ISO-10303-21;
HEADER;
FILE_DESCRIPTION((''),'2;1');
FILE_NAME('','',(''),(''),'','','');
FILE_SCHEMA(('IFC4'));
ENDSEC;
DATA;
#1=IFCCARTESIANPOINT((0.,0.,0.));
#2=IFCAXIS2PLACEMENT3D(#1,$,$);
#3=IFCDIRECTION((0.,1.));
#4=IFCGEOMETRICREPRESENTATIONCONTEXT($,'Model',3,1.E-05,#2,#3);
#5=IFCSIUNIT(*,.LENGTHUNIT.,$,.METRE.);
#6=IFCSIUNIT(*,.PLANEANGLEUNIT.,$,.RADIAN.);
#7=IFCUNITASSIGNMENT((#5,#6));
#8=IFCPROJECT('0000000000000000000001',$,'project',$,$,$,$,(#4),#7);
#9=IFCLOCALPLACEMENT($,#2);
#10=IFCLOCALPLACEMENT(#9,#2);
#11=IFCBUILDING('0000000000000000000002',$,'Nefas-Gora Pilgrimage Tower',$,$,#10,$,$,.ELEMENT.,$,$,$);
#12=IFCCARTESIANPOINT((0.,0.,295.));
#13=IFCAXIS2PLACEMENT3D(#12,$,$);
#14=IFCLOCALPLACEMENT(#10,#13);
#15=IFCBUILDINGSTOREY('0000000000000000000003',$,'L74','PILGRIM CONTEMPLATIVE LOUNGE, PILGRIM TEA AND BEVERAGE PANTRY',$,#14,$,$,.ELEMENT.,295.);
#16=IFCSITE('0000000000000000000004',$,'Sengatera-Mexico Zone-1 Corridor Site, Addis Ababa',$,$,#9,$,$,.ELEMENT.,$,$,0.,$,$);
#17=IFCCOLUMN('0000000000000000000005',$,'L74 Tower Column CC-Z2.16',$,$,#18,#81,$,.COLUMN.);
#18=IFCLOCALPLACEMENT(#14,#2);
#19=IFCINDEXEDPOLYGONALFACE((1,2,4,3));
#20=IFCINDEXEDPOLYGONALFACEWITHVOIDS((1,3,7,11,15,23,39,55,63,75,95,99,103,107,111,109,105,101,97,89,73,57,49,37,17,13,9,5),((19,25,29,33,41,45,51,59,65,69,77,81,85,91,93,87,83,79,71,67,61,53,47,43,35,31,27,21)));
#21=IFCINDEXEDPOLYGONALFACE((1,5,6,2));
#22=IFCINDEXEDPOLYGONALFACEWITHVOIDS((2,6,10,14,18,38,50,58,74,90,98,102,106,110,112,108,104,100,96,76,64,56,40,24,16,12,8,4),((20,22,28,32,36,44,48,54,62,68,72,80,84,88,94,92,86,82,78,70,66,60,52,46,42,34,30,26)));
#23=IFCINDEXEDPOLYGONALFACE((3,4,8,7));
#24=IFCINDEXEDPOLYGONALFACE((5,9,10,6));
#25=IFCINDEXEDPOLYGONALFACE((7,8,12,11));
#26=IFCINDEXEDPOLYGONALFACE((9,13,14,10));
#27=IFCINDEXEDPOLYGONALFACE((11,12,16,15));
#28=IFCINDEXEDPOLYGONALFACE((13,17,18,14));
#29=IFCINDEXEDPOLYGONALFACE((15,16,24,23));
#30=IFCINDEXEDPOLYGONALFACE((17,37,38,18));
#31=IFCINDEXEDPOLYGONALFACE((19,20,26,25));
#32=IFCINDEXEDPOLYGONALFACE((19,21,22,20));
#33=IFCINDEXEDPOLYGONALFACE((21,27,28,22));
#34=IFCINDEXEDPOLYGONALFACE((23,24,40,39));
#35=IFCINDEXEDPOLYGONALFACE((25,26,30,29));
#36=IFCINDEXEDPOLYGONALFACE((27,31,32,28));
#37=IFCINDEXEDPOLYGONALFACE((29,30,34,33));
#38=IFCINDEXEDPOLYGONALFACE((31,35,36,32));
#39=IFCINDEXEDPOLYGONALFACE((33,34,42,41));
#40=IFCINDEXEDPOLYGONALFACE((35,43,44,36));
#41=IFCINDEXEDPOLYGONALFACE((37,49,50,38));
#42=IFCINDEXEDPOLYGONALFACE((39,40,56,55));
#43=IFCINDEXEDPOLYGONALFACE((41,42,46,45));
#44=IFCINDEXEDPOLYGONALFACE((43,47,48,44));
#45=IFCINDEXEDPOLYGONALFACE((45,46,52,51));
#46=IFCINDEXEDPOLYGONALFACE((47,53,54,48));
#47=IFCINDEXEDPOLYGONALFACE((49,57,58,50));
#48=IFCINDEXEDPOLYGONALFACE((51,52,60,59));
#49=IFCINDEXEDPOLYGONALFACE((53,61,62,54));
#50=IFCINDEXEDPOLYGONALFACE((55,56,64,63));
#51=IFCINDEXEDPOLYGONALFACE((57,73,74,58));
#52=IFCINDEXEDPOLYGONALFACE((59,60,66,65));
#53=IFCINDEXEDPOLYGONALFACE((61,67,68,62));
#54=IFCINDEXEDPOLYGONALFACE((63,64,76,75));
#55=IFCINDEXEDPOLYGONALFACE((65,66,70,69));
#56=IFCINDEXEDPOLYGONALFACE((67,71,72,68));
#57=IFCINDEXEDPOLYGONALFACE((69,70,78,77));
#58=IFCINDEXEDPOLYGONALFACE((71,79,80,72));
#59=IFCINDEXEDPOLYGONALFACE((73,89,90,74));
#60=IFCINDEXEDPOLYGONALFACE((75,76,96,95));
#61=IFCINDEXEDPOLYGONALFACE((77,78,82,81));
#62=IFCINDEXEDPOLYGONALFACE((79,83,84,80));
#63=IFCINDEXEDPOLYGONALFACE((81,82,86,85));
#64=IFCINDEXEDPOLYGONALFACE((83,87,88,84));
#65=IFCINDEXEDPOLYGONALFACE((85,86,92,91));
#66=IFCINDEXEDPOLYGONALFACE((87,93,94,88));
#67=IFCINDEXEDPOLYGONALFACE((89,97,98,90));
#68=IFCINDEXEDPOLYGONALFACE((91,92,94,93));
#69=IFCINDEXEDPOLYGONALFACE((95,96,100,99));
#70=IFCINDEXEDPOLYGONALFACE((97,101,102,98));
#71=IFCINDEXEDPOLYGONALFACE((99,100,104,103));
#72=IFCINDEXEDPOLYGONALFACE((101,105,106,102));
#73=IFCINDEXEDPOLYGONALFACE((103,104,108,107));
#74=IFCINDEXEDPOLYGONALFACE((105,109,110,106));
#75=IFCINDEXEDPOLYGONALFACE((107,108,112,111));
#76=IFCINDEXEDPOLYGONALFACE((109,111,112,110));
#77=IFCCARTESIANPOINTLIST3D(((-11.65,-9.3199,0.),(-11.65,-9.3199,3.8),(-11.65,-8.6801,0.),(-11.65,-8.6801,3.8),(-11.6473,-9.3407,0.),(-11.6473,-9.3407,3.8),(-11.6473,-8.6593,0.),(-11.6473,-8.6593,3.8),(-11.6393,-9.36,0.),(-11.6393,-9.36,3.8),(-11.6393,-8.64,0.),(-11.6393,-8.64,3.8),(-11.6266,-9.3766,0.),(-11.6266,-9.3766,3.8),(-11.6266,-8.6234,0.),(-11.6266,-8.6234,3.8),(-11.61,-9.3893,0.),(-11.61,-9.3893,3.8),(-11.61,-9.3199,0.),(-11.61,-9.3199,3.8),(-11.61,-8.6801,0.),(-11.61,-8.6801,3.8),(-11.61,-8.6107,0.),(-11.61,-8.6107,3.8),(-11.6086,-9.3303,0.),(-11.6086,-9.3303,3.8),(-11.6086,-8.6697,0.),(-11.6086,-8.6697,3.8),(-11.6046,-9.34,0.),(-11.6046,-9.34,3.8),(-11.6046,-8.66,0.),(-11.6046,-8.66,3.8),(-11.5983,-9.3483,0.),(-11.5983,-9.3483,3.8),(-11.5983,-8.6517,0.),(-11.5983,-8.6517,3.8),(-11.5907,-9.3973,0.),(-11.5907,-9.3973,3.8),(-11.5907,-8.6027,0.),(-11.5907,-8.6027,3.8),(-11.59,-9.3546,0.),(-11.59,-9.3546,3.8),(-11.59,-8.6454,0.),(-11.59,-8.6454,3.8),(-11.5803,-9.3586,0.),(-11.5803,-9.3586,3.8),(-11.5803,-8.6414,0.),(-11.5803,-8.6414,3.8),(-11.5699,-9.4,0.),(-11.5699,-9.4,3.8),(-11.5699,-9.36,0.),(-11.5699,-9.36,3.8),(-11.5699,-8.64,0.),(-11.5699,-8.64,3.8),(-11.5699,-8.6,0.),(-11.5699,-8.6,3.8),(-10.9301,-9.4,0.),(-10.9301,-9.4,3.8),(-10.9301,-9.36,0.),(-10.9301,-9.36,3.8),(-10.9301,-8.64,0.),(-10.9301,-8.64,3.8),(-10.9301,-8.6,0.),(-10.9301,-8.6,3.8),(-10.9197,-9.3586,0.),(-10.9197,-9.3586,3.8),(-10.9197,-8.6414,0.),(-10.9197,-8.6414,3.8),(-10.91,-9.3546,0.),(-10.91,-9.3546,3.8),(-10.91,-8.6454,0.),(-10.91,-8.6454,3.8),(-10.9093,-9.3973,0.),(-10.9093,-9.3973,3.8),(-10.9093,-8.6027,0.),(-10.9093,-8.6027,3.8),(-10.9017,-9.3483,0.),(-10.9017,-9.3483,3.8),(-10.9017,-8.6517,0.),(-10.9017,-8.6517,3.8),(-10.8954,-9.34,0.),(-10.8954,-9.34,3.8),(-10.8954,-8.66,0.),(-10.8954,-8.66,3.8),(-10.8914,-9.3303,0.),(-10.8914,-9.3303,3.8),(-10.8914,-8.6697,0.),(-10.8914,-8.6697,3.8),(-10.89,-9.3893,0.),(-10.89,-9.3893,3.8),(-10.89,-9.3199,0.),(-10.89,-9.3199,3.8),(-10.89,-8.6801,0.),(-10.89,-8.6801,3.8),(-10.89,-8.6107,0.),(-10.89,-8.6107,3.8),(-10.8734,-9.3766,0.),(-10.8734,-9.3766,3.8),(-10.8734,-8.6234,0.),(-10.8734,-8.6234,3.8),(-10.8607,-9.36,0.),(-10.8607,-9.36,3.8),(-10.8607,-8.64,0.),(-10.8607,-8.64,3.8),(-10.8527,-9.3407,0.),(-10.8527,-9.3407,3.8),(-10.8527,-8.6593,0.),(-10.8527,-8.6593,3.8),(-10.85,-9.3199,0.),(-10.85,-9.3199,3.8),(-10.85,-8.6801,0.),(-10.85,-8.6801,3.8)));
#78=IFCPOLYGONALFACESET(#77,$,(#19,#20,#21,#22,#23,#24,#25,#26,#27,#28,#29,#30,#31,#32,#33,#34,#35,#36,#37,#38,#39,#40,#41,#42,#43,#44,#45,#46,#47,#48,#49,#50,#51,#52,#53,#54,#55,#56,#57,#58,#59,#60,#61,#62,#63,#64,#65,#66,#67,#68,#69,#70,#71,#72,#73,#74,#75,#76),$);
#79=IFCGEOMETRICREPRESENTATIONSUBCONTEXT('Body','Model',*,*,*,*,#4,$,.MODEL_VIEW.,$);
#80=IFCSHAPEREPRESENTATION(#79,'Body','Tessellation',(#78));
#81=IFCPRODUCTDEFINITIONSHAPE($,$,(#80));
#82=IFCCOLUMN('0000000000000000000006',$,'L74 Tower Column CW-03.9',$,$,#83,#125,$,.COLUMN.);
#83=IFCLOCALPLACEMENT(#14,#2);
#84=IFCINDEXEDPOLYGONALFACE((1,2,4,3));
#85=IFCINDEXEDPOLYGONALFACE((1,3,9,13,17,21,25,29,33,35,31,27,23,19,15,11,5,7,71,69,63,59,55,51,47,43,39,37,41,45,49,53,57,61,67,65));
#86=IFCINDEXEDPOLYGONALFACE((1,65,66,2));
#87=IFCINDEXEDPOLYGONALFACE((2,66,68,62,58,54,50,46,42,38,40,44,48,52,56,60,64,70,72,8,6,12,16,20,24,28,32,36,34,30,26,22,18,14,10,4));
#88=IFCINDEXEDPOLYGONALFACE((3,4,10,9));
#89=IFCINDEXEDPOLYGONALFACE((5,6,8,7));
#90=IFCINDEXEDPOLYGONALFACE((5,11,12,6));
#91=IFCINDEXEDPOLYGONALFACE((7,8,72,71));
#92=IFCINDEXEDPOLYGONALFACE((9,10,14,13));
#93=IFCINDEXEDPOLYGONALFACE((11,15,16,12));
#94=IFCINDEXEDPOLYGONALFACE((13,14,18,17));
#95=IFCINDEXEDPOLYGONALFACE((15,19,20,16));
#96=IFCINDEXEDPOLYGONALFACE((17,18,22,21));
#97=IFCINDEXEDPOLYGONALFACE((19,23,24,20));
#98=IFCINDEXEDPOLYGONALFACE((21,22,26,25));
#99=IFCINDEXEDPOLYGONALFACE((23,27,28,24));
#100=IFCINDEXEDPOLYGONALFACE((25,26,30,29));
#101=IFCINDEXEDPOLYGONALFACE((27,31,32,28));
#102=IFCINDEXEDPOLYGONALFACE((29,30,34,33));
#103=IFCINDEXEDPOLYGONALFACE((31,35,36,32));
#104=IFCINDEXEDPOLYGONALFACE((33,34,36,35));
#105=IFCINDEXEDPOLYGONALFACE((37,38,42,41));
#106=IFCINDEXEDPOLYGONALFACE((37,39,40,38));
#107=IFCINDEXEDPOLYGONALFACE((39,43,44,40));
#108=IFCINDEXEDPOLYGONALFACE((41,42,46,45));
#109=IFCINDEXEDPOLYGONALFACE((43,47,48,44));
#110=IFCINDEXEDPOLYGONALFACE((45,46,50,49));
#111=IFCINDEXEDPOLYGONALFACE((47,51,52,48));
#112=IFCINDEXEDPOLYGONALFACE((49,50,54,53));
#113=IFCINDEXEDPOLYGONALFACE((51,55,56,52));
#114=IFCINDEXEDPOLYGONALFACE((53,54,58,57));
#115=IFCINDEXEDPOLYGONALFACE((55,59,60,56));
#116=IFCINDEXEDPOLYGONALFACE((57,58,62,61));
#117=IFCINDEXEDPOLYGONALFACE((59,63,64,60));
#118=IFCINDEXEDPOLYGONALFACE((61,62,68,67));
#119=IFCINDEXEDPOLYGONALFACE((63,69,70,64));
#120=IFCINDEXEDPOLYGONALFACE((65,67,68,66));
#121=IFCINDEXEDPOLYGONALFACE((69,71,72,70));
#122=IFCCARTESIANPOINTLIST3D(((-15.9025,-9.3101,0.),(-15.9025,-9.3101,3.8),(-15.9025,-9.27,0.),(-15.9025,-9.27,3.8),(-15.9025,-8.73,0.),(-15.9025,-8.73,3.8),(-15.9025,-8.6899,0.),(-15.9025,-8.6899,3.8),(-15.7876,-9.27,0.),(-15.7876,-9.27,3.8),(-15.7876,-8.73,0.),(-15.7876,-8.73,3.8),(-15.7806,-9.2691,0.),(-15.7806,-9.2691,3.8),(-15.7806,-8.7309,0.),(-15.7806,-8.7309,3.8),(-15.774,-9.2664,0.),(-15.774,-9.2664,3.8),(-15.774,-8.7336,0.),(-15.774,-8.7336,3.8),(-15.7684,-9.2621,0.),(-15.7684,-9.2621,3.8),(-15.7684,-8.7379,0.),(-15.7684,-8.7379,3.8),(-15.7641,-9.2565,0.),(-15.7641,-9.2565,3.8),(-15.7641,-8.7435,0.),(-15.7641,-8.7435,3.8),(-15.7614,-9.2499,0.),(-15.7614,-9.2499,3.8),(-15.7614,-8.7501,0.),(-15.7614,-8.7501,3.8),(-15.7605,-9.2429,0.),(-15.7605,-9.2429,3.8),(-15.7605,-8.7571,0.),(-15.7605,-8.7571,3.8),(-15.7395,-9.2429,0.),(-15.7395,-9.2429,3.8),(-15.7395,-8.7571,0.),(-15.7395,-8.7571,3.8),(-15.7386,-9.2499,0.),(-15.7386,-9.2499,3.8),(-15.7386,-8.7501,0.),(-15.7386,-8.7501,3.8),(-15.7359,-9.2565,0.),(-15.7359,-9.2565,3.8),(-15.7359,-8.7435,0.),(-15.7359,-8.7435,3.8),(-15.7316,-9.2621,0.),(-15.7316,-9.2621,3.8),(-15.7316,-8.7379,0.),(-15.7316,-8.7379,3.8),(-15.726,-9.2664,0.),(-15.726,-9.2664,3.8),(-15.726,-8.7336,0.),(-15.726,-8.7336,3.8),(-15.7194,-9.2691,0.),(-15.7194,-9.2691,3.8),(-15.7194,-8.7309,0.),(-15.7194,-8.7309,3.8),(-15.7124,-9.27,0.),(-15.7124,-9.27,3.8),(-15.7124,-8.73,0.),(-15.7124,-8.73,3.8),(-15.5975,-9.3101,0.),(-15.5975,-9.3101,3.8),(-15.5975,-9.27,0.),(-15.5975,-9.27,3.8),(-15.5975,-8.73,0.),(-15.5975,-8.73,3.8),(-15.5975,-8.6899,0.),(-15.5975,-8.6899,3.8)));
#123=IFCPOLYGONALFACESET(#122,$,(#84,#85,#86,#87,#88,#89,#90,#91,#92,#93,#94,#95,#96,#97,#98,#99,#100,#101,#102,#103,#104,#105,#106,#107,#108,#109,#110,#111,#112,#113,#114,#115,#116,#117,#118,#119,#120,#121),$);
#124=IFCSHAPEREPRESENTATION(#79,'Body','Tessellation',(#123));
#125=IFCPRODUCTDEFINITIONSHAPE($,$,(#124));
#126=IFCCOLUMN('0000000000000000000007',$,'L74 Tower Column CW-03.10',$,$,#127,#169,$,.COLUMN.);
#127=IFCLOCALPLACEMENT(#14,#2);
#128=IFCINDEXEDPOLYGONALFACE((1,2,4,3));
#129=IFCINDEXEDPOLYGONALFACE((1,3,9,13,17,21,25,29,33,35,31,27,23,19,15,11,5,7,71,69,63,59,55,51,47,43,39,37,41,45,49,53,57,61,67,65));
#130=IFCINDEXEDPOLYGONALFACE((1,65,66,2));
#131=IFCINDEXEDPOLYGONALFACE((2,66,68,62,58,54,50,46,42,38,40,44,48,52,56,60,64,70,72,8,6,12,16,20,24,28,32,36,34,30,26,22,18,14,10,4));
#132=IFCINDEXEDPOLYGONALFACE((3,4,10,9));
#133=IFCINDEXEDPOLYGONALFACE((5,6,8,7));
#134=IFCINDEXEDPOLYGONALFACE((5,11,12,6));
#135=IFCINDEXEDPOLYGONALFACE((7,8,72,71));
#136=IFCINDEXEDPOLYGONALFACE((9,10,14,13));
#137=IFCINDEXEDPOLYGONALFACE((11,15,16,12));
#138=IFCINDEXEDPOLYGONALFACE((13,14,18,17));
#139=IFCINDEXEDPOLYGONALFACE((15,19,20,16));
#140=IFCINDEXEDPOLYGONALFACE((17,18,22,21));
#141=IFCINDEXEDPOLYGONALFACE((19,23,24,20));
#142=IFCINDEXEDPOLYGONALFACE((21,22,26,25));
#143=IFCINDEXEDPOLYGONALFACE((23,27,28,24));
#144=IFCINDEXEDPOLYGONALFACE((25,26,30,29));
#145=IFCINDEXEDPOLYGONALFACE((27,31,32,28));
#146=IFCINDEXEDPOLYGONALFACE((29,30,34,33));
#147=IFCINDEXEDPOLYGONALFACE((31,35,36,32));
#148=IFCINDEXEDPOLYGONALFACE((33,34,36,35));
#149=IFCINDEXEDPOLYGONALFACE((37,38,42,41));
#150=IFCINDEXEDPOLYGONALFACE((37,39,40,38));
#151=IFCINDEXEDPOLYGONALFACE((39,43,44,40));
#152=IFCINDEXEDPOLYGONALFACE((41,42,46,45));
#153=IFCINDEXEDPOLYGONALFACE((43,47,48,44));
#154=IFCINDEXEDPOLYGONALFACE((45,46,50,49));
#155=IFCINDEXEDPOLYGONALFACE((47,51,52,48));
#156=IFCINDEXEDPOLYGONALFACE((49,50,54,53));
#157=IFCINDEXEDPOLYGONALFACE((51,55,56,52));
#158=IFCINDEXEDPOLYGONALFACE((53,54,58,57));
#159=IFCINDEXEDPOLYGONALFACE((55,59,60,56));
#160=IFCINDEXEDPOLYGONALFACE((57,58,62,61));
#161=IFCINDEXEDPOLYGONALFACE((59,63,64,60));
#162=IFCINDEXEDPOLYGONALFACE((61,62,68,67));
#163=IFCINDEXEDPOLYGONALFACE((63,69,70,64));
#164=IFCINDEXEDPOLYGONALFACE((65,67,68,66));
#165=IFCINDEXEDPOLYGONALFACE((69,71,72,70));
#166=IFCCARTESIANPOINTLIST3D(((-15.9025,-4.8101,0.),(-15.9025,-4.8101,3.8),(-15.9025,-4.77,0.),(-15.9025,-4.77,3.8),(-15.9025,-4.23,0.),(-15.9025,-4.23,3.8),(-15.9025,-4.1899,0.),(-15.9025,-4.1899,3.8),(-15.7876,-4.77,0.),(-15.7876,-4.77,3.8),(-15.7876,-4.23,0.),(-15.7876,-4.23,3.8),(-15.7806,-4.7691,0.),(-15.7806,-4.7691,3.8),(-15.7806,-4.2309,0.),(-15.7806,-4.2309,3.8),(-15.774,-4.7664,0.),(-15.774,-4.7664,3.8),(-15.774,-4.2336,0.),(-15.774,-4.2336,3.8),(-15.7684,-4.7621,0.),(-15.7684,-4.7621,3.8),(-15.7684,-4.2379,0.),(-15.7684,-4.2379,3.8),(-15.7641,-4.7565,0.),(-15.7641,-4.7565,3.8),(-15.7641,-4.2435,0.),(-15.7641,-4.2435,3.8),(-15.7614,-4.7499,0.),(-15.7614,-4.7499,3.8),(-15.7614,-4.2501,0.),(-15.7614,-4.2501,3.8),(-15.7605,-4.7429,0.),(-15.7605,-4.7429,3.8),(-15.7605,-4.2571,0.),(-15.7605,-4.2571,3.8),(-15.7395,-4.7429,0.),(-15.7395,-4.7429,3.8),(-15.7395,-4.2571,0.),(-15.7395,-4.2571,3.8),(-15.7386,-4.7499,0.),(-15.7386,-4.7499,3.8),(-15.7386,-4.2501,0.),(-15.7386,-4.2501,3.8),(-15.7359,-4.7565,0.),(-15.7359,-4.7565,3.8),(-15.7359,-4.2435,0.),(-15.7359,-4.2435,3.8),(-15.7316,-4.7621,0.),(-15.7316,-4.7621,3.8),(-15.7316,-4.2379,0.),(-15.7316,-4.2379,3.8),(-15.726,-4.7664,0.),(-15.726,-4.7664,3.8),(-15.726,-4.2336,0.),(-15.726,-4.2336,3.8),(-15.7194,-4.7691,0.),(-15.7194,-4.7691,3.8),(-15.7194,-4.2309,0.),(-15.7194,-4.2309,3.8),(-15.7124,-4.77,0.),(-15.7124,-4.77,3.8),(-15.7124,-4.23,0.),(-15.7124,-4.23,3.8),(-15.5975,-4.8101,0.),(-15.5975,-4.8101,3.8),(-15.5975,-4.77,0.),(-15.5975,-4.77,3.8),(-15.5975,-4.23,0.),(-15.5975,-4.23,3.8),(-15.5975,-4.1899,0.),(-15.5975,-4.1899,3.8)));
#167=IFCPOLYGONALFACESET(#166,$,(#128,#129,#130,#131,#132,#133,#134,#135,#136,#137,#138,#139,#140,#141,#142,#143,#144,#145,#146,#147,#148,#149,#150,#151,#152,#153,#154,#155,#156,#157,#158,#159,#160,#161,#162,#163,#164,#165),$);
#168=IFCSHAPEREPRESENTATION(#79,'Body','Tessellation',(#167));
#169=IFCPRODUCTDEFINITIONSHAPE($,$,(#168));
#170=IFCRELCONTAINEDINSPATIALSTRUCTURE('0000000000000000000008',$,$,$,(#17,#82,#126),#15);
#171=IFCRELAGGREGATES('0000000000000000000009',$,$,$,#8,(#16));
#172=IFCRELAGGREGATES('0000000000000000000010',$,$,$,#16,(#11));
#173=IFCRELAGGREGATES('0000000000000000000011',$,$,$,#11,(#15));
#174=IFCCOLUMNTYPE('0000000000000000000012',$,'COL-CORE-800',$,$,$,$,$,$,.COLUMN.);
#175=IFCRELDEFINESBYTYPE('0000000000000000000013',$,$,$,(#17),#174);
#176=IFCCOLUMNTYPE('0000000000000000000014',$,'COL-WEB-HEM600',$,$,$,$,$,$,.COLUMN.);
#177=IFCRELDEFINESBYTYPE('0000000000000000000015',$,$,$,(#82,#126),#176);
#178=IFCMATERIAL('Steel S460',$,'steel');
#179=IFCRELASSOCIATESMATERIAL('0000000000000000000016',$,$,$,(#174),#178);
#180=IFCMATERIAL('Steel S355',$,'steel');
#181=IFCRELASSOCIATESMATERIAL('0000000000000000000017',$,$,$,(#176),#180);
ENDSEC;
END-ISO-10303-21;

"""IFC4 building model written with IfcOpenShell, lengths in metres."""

from ifc_helpers import new_model, si_unit, direction, frame, origin, origin_2d, place, context, subcontext, project, spatial, hollow_rectangle, i_section, extrude, source, transform, mapped, material, material_profile, profile_set, type_object, element, save


model = new_model("IFC4")

# Units and contexts
model_context = context("Model", 3, precision=1e-05, world=origin(), true_north=direction((0.0, 1.0)))
body_context = subcontext(model_context, "Body", "Model", "MODEL_VIEW")
ifc_project = project(units=[si_unit("LENGTHUNIT", "METRE"), si_unit("PLANEANGLEUNIT", "RADIAN")], contexts=[model_context])

# Site, building, storey
site_placement = place(None, origin())
site = spatial("IfcSite", under=ifc_project, at=site_placement, Name="Sengatera-Mexico Zone-1 Corridor Site, Addis Ababa", CompositionType="ELEMENT", RefElevation=0.0)
building_placement = place(site_placement, origin())
building = spatial("IfcBuilding", under=site, at=building_placement, Name="Nefas-Gora Pilgrimage Tower", CompositionType="ELEMENT")
storey_placement = place(building_placement, frame((0.0, 0.0, 295.0)))
storey = spatial("IfcBuildingStorey", under=building, at=storey_placement, Name="L74", Description="PILGRIM CONTEMPLATIVE LOUNGE, PILGRIM TEA AND BEVERAGE PANTRY", CompositionType="ELEMENT", Elevation=295.0)

# Columns
ifc_material_1 = material(Name="Steel S460", Category="steel")
ifc_material_profile_1 = material_profile(ifc_material_1, hollow_rectangle(XDim=0.8, YDim=0.8, WallThickness=0.04, InnerFilletRadius=0.04, OuterFilletRadius=0.0801, at=origin_2d()), Name="BOX 800x800x40")
ifc_profile_set_1 = profile_set([ifc_material_profile_1], Name="Steel S460")
column_type_1 = type_object("IfcColumnType", Name="COL-CORE-800", PredefinedType="COLUMN", material=ifc_profile_set_1)
shared_shape_1 = source(origin(), body_context, "Body", "SweptSolid", [
    extrude(hollow_rectangle(XDim=0.8, YDim=0.8, WallThickness=0.04, InnerFilletRadius=0.04, OuterFilletRadius=0.0801, at=origin_2d()), origin(), (0.0, 0.0, 1.0), 3.8),
])
column_placement = place(storey_placement, frame((-11.25, -9.0, 0.0), z_axis=(0.0, 0.0, 1.0), x_axis=(1.0, 0.0, 0.0)))
element("IfcColumn", 1, at=column_placement, inside=storey, type_object=column_type_1, Name="L74 Tower Column CC-Z2.16", PredefinedType="COLUMN", context=body_context, shape_type="MappedRepresentation", body=[
    mapped(shared_shape_1, transform((0.0, 0.0, 0.0), x_axis=(1.0, 0.0, 0.0), y_axis=(0.0, 1.0, 0.0), z_axis=(0.0, 0.0, 1.0), scale=1.0)),
])
ifc_material_2 = material(Name="Steel S355", Category="steel")
ifc_material_profile_2 = material_profile(ifc_material_2, i_section(OverallWidth=0.3049, OverallDepth=0.6201, WebThickness=0.021, FlangeThickness=0.04, FilletRadius=0.0271, at=origin_2d()), Name="HEM 600")
ifc_profile_set_2 = profile_set([ifc_material_profile_2], Name="Steel S355")
column_type_2 = type_object("IfcColumnType", Name="COL-WEB-HEM600", PredefinedType="COLUMN", material=ifc_profile_set_2)
shared_shape_2 = source(origin(), body_context, "Body", "SweptSolid", [
    extrude(i_section(OverallWidth=0.3049, OverallDepth=0.6201, WebThickness=0.021, FlangeThickness=0.04, FilletRadius=0.0271, at=origin_2d()), origin(), (0.0, 0.0, 1.0), 3.8),
])
for number, where, z_axis, x_axis, name in (
    (2, (-15.75, -9.0, 0.0), (0.0, 0.0, 1.0), (1.0, 0.0, 0.0), "L74 Tower Column CW-03.9"),
    (3, (-15.75, -4.5, 0.0), (0.0, 0.0, 1.0), (1.0, 0.0, 0.0), "L74 Tower Column CW-03.10"),
):
    element("IfcColumn", number, at=place(storey_placement, frame(where, z_axis=z_axis, x_axis=x_axis)), inside=storey, type_object=column_type_2, Name=name, PredefinedType="COLUMN", context=body_context, shape_type="MappedRepresentation", body=[
        mapped(shared_shape_2, transform((0.0, 0.0, 0.0), x_axis=(1.0, 0.0, 0.0), y_axis=(0.0, 1.0, 0.0), z_axis=(0.0, 0.0, 1.0), scale=1.0)),
    ])

save(model, "model.ifc")
